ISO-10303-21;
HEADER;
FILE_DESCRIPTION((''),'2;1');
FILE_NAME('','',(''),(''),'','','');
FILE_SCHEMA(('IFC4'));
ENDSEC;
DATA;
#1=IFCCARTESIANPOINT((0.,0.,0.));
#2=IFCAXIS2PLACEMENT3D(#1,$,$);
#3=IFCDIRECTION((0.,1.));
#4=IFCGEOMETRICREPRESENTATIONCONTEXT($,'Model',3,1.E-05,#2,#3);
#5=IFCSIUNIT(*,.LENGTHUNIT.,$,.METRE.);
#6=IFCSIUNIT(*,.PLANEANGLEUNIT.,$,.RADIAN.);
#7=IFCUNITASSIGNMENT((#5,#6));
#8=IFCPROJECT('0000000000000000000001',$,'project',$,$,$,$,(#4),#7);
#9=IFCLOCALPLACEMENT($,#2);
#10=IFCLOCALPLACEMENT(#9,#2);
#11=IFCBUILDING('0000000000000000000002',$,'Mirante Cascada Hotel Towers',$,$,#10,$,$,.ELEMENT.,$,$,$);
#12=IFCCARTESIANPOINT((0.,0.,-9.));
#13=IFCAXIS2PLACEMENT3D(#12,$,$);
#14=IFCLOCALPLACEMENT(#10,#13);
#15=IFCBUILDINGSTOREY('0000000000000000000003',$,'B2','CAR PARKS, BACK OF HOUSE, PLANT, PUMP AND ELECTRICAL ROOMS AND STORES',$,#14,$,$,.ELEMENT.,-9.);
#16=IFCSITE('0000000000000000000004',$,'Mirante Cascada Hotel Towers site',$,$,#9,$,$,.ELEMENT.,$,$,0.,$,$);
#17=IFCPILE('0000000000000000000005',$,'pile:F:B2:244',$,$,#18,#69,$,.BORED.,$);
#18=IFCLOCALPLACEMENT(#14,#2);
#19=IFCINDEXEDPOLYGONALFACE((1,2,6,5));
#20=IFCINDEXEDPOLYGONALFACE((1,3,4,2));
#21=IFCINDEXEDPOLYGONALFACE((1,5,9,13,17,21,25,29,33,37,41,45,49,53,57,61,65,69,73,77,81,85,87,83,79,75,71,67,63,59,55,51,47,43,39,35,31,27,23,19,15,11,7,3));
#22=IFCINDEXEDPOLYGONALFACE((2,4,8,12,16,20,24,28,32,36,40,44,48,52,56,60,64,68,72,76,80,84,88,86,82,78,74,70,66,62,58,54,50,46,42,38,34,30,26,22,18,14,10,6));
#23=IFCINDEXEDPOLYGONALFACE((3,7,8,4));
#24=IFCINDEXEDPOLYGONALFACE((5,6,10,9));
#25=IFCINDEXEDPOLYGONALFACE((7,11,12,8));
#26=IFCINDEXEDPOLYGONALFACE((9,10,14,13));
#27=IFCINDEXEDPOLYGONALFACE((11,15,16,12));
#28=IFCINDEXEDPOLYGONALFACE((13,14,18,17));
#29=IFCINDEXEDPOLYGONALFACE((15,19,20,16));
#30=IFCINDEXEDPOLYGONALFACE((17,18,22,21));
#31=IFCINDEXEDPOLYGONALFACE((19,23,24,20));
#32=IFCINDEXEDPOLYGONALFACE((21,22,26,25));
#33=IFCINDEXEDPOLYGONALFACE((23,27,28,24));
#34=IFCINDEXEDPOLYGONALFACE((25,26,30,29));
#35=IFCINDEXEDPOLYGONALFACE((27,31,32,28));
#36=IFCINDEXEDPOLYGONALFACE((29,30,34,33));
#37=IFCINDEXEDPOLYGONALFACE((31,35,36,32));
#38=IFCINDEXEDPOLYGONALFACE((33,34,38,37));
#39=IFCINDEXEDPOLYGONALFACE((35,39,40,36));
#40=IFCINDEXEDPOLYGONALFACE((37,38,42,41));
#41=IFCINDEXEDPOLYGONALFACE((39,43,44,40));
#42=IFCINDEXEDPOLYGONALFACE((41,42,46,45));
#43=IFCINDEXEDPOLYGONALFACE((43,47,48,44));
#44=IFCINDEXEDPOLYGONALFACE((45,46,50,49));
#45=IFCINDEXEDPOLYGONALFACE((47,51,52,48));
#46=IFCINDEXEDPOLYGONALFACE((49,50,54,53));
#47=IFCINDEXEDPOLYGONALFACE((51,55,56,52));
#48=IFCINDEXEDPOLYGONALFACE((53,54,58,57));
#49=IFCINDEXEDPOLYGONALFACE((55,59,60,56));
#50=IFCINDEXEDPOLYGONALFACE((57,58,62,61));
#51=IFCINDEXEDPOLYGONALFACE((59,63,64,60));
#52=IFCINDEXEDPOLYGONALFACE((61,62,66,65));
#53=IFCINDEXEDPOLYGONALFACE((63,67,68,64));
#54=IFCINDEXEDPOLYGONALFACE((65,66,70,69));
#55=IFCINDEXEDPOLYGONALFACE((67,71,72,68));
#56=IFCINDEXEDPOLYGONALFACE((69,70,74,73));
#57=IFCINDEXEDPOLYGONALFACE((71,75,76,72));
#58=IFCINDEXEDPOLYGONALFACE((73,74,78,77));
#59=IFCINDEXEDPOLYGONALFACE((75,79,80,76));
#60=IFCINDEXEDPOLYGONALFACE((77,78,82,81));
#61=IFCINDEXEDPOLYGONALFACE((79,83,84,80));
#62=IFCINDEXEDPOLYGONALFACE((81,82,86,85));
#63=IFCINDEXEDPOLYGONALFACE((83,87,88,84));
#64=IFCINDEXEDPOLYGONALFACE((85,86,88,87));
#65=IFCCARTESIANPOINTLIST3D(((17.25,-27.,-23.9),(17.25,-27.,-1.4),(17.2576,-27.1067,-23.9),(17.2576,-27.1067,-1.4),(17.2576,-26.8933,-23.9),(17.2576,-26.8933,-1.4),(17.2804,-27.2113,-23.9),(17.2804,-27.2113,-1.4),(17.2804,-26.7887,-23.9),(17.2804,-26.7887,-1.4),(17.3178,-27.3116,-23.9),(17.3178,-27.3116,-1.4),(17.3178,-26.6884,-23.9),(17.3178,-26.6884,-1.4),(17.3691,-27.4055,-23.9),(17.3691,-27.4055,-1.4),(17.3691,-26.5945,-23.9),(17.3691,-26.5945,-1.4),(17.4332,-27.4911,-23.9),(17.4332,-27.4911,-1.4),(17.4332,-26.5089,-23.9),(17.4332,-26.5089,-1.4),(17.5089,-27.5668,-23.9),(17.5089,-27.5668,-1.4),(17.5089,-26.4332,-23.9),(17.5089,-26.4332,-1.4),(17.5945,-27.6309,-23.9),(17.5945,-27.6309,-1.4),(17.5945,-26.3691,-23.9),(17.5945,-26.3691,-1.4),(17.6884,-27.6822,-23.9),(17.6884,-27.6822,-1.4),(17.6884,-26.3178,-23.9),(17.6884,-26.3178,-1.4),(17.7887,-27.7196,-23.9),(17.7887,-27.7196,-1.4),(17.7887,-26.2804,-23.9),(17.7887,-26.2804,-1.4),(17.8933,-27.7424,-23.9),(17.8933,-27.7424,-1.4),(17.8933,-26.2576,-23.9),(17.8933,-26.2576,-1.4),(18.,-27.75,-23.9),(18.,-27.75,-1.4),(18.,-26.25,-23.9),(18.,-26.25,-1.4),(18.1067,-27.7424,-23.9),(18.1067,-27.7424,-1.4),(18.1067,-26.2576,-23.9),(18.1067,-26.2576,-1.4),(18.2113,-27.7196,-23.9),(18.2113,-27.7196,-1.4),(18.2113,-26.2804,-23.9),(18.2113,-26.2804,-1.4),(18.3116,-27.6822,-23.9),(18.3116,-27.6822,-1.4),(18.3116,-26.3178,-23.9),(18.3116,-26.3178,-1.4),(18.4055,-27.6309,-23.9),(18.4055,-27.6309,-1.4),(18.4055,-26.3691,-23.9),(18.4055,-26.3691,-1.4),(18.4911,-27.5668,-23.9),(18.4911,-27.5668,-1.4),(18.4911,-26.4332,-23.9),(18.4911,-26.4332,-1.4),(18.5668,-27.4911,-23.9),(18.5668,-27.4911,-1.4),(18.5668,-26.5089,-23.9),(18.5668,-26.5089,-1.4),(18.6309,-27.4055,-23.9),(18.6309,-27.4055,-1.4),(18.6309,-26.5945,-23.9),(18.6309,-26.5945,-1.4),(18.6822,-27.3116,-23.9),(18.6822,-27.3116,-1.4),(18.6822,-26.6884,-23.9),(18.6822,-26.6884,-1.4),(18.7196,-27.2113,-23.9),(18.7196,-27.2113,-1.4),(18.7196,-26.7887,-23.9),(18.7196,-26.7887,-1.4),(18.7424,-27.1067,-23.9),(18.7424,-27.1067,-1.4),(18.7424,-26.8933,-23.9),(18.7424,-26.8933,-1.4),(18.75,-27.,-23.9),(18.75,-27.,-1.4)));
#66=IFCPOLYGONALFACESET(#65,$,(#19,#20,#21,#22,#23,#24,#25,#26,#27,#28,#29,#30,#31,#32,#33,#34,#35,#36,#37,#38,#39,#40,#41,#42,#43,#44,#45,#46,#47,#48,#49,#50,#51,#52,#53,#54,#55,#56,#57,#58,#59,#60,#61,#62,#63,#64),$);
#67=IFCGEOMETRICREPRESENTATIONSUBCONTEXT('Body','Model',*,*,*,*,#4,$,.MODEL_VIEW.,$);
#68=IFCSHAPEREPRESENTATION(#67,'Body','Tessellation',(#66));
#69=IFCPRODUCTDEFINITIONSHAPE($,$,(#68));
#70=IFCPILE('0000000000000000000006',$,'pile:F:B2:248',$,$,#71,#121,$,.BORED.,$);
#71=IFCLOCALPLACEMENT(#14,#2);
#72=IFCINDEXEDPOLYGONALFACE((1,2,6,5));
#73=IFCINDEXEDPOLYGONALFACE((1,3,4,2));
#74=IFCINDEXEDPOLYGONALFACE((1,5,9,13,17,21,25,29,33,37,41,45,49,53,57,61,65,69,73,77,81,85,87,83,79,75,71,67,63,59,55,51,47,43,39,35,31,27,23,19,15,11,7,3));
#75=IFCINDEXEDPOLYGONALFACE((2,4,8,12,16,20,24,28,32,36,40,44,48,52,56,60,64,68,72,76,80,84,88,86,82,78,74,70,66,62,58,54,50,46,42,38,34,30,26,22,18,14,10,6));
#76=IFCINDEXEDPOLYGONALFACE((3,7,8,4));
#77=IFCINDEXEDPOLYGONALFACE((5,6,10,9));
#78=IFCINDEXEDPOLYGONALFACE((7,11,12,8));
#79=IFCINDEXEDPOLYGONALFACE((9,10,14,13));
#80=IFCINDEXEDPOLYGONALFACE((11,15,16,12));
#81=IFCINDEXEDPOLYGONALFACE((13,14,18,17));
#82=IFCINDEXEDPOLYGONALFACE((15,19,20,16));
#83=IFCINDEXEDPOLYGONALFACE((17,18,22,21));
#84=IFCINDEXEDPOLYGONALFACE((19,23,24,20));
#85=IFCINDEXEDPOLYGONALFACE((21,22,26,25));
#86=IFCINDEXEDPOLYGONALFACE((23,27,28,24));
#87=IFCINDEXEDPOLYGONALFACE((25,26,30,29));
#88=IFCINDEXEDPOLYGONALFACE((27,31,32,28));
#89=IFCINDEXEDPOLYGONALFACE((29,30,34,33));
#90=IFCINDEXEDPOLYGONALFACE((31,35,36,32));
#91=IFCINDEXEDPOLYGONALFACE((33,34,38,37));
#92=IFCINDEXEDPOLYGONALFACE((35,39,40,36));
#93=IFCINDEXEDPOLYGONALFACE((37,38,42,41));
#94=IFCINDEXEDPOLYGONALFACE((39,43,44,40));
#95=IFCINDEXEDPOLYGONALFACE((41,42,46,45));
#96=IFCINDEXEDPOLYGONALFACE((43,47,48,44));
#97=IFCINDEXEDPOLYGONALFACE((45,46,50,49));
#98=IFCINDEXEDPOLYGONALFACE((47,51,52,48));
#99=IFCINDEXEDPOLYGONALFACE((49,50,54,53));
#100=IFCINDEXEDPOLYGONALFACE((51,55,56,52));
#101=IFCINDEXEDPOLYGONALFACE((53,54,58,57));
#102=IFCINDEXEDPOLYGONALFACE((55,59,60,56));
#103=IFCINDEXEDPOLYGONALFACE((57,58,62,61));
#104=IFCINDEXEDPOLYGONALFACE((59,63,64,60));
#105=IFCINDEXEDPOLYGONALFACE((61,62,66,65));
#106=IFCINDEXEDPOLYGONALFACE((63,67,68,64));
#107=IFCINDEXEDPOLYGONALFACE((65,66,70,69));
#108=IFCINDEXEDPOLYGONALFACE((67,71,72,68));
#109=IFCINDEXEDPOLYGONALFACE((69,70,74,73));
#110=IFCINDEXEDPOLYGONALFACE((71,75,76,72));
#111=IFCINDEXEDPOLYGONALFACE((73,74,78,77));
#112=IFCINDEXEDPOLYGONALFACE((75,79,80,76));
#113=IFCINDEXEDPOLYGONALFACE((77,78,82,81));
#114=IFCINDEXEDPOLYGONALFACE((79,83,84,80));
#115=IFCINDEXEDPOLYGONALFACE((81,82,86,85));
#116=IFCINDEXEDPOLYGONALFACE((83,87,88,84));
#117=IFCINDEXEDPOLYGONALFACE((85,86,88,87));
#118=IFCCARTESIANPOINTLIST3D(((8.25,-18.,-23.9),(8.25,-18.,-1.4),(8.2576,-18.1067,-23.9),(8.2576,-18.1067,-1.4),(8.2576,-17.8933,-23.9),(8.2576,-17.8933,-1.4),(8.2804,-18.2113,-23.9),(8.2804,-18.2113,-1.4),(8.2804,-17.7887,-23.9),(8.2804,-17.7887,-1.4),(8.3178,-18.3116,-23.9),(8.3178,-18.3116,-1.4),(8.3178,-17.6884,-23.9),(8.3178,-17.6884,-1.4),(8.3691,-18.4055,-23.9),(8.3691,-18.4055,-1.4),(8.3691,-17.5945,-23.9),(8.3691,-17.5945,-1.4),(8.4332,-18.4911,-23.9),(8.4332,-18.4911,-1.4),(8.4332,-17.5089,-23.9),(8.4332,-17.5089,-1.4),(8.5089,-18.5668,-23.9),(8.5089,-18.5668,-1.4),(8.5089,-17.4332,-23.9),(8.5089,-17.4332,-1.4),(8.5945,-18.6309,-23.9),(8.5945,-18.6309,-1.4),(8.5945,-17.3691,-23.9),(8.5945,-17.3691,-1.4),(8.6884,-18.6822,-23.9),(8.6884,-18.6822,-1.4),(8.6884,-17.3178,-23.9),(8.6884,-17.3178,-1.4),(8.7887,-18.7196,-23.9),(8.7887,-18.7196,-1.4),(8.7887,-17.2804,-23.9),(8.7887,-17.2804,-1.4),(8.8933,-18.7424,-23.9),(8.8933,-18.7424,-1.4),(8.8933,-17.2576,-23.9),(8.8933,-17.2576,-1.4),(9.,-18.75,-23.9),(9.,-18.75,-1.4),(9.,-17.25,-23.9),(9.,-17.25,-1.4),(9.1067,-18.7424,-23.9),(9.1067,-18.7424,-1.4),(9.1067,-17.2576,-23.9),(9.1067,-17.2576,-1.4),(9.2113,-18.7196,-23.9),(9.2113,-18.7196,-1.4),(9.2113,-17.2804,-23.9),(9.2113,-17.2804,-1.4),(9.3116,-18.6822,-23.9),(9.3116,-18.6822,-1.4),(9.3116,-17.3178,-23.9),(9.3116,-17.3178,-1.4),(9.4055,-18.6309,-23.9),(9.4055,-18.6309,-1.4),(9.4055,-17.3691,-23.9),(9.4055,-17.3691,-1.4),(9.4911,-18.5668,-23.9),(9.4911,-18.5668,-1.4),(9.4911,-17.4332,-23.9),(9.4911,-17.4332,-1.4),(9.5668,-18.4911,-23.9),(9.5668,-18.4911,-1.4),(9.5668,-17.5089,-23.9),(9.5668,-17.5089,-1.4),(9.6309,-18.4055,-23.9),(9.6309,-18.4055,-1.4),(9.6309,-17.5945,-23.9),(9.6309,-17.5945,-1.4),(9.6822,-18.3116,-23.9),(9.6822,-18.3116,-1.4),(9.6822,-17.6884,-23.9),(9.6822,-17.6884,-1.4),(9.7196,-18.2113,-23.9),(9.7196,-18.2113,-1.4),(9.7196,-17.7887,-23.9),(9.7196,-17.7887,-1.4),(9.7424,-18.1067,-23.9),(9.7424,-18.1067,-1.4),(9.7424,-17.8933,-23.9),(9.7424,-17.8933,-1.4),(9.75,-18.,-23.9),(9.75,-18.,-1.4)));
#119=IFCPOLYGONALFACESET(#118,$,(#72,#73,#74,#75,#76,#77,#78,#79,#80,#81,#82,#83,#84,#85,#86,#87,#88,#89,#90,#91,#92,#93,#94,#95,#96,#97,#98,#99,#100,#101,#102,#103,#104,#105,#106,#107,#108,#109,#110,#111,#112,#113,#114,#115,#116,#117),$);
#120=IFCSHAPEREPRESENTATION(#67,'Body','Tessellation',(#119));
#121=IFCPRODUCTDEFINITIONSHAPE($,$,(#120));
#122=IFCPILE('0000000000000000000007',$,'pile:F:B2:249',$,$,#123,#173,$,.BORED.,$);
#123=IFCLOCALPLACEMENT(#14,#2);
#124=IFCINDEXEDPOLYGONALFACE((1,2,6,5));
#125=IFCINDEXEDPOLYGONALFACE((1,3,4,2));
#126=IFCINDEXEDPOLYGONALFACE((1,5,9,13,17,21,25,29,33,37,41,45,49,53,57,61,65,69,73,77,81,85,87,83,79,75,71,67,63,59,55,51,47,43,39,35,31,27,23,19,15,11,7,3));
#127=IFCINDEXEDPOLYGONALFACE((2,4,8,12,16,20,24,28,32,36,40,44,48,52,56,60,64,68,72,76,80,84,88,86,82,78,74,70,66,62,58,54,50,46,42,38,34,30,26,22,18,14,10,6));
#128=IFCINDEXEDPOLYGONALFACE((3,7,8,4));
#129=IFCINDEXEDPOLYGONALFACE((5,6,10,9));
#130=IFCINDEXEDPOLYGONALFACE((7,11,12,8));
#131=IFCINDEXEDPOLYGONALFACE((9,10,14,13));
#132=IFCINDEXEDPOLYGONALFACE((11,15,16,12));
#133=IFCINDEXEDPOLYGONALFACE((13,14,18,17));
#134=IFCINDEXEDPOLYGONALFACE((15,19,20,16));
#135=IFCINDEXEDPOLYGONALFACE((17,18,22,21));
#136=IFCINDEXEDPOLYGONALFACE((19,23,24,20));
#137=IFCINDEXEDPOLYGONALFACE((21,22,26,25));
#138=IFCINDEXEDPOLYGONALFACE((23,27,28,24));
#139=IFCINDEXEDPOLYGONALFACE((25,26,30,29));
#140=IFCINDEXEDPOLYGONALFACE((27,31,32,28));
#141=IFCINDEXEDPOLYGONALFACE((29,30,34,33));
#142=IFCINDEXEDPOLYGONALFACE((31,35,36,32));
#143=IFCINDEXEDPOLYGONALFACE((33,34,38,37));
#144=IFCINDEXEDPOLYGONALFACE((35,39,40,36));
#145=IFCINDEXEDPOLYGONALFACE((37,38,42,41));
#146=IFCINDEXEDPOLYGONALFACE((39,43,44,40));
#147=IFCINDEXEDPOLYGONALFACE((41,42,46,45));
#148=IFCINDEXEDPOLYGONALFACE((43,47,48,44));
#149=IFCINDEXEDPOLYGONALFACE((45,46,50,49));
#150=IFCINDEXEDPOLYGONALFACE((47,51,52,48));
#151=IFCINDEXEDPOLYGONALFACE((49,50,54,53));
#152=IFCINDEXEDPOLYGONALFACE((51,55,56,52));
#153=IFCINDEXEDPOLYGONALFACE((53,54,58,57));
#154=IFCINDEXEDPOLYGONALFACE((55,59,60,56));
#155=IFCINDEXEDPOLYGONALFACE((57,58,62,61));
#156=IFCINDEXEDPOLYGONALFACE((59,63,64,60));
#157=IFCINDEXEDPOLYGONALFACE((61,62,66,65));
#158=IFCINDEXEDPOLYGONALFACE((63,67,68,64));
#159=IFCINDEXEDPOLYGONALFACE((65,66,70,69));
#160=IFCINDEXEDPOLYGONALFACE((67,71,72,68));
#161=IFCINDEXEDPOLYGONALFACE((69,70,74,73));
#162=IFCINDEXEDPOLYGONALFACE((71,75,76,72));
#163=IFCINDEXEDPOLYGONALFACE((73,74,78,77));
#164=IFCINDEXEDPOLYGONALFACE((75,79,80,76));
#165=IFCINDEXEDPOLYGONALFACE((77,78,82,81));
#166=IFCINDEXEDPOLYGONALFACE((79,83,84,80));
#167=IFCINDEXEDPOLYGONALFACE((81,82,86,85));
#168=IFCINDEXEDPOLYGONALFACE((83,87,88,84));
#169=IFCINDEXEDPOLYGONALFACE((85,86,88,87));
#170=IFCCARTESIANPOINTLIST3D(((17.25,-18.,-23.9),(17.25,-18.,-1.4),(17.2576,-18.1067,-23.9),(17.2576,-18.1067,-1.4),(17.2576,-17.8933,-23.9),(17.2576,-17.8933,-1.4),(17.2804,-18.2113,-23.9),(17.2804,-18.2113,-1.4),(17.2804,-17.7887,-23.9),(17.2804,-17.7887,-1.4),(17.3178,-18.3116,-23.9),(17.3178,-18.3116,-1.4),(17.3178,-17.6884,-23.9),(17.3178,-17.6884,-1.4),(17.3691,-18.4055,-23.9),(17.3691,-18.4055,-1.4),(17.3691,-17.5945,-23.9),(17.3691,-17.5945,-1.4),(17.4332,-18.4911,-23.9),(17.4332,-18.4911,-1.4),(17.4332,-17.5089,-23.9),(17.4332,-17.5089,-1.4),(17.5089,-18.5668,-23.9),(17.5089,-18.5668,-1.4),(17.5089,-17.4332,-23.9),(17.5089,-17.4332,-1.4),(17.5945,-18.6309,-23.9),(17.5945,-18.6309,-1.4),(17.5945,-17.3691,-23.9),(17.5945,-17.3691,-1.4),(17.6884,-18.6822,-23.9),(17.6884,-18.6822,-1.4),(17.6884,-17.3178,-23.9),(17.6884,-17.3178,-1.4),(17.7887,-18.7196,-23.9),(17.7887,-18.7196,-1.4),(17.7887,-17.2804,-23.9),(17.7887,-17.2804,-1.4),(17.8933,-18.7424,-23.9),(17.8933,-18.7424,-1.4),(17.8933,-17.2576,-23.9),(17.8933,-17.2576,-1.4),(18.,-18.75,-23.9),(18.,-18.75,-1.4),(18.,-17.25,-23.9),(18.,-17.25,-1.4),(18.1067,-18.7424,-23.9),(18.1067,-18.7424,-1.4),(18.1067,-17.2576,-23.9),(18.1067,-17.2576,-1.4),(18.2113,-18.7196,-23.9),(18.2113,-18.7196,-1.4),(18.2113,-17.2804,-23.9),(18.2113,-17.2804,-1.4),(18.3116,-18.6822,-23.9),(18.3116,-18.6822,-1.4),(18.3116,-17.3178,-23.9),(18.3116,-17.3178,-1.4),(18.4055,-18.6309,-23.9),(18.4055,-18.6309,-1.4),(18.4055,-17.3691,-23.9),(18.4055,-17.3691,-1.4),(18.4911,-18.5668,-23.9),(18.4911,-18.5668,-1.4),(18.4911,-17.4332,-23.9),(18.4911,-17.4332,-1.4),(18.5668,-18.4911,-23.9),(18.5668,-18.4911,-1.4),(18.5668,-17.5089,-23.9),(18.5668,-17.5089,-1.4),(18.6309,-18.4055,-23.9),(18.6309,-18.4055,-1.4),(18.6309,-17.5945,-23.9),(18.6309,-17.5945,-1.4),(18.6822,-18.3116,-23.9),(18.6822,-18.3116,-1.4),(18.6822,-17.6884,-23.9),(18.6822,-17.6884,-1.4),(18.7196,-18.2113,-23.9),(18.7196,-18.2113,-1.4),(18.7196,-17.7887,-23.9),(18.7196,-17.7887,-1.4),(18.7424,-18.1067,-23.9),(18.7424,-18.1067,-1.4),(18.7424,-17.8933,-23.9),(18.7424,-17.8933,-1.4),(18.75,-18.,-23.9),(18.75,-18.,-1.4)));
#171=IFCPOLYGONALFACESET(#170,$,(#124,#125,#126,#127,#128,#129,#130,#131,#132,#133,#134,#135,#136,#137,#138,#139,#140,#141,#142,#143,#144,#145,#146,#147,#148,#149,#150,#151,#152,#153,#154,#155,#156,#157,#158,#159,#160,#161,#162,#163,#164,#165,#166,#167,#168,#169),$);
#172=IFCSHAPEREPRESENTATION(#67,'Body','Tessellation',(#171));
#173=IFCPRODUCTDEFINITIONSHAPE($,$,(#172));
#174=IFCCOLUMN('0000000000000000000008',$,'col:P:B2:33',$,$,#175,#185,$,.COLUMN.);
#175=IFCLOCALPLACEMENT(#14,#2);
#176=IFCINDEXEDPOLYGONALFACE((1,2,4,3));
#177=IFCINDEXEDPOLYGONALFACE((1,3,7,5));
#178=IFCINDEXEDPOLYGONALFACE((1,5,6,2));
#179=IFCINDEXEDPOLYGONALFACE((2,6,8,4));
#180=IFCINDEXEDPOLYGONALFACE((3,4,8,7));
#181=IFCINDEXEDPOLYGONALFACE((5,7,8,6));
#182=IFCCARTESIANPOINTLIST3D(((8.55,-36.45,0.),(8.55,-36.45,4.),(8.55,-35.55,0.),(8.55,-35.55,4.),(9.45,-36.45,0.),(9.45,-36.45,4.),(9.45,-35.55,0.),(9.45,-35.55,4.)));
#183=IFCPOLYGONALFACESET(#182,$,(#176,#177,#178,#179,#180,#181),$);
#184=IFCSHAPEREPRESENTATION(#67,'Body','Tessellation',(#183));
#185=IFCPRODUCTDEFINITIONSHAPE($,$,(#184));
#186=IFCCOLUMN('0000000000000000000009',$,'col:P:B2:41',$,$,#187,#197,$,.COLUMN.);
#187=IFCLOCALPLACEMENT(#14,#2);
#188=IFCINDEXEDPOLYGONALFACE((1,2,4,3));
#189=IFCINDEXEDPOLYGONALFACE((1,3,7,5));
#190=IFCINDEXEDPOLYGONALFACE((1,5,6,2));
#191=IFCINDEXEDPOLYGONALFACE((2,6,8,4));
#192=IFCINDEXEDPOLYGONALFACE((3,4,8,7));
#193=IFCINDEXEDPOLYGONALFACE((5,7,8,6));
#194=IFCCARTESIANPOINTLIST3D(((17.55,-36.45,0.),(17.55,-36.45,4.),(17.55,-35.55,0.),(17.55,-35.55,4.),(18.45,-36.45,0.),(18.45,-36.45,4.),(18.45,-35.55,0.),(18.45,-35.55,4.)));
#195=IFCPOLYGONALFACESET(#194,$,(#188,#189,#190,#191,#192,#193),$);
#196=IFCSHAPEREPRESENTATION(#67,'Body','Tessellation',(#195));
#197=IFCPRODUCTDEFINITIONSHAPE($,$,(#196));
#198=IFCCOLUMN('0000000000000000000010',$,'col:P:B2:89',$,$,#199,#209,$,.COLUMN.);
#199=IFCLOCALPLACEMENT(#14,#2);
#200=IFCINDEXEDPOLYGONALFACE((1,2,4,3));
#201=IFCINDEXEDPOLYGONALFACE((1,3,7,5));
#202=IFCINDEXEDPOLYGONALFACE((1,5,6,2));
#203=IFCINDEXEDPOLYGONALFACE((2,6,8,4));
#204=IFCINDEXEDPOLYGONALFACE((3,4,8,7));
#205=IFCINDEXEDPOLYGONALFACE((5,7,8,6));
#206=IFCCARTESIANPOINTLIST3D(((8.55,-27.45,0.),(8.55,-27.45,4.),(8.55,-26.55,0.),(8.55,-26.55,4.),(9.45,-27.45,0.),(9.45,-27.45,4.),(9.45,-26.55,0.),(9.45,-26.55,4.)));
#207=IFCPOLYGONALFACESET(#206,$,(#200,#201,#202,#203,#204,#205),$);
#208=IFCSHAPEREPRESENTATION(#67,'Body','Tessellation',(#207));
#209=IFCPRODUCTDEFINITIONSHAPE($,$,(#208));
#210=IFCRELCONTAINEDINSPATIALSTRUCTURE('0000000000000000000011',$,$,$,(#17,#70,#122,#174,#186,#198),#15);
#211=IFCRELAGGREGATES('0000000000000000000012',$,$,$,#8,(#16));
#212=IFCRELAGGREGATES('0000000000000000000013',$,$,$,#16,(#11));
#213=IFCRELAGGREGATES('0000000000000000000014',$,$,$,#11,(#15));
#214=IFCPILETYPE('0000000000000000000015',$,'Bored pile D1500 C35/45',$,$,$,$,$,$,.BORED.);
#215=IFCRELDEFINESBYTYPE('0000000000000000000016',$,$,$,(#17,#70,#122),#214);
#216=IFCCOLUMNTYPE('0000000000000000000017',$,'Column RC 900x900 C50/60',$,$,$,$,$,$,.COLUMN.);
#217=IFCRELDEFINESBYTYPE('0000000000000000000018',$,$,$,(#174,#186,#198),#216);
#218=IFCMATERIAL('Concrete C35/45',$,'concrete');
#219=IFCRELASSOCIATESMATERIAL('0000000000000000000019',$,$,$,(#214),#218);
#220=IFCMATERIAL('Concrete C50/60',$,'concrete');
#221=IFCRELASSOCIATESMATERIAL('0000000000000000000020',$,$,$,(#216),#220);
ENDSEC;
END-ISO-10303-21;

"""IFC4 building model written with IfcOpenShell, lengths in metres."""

from ifc_helpers import new_model, si_unit, direction, frame, origin, origin_2d, place, context, subcontext, project, spatial, rectangle, circle, extrude, material, material_profile, profile_set, type_object, element, save


model = new_model("IFC4")

# Units and contexts
model_context = context("Model", 3, precision=1e-05, world=origin(), true_north=direction((0.0, 1.0)))
body_context = subcontext(model_context, "Body", "Model", "MODEL_VIEW")
ifc_project = project(units=[si_unit("LENGTHUNIT", "METRE"), si_unit("PLANEANGLEUNIT", "RADIAN")], contexts=[model_context])

# Site, building, storey
site_placement = place(None, origin())
site = spatial("IfcSite", under=ifc_project, at=site_placement, Name="Mirante Cascada Hotel Towers site", CompositionType="ELEMENT", RefElevation=0.0)
building_placement = place(site_placement, origin())
building = spatial("IfcBuilding", under=site, at=building_placement, Name="Mirante Cascada Hotel Towers", CompositionType="ELEMENT")
storey_placement = place(building_placement, frame((0.0, 0.0, -9.0)))
storey = spatial("IfcBuildingStorey", under=building, at=storey_placement, Name="B2", Description="CAR PARKS, BACK OF HOUSE, PLANT, PUMP AND ELECTRICAL ROOMS AND STORES", CompositionType="ELEMENT", Elevation=-9.0)

# Piles
ifc_material_1 = material(Name="Concrete C35/45", Category="concrete")
ifc_material_profile_1 = material_profile(ifc_material_1, circle(Radius=0.75, at=origin_2d()), Name="RC D1500")
ifc_profile_set_1 = profile_set([ifc_material_profile_1], Name="Concrete C35/45")
pile_type = type_object("IfcPileType", Name="Bored pile D1500 C35/45", PredefinedType="BORED", material=ifc_profile_set_1)
for number, where, z_axis, x_axis, name in (
    (1, (18.0, -27.0, -1.4), (0.0, 0.0, -1.0), (1.0, 0.0, 0.0), "pile:F:B2:244"),
    (2, (9.0, -18.0, -1.4), (0.0, 0.0, -1.0), (1.0, 0.0, 0.0), "pile:F:B2:248"),
    (3, (18.0, -18.0, -1.4), (0.0, 0.0, -1.0), (1.0, 0.0, 0.0), "pile:F:B2:249"),
):
    element("IfcPile", number, at=place(storey_placement, frame(where, z_axis=z_axis, x_axis=x_axis)), inside=storey, type_object=pile_type, Name=name, PredefinedType="BORED", context=body_context, shape_type="SweptSolid", body=[
        extrude(circle(Radius=0.75, at=origin_2d()), origin(), (0.0, 0.0, 1.0), 22.5),
    ])

# Columns
ifc_material_2 = material(Name="Concrete C50/60", Category="concrete")
ifc_material_profile_2 = material_profile(ifc_material_2, rectangle(XDim=0.9, YDim=0.9, at=origin_2d()), Name="RC 900x900")
ifc_profile_set_2 = profile_set([ifc_material_profile_2], Name="Concrete C50/60")
column_type = type_object("IfcColumnType", Name="Column RC 900x900 C50/60", PredefinedType="COLUMN", material=ifc_profile_set_2)
for number, where, z_axis, x_axis, name in (
    (4, (9.0, -36.0, 0.0), (0.0, 0.0, 1.0), (1.0, 0.0, 0.0), "col:P:B2:33"),
    (5, (18.0, -36.0, 0.0), (0.0, 0.0, 1.0), (1.0, 0.0, 0.0), "col:P:B2:41"),
    (6, (9.0, -27.0, 0.0), (0.0, 0.0, 1.0), (1.0, 0.0, 0.0), "col:P:B2:89"),
):
    element("IfcColumn", number, at=place(storey_placement, frame(where, z_axis=z_axis, x_axis=x_axis)), inside=storey, type_object=column_type, Name=name, PredefinedType="COLUMN", context=body_context, shape_type="SweptSolid", body=[
        extrude(rectangle(XDim=0.9, YDim=0.9, at=origin_2d()), origin(), (0.0, 0.0, 1.0), 4.0),
    ])

save(model, "model.ifc")
